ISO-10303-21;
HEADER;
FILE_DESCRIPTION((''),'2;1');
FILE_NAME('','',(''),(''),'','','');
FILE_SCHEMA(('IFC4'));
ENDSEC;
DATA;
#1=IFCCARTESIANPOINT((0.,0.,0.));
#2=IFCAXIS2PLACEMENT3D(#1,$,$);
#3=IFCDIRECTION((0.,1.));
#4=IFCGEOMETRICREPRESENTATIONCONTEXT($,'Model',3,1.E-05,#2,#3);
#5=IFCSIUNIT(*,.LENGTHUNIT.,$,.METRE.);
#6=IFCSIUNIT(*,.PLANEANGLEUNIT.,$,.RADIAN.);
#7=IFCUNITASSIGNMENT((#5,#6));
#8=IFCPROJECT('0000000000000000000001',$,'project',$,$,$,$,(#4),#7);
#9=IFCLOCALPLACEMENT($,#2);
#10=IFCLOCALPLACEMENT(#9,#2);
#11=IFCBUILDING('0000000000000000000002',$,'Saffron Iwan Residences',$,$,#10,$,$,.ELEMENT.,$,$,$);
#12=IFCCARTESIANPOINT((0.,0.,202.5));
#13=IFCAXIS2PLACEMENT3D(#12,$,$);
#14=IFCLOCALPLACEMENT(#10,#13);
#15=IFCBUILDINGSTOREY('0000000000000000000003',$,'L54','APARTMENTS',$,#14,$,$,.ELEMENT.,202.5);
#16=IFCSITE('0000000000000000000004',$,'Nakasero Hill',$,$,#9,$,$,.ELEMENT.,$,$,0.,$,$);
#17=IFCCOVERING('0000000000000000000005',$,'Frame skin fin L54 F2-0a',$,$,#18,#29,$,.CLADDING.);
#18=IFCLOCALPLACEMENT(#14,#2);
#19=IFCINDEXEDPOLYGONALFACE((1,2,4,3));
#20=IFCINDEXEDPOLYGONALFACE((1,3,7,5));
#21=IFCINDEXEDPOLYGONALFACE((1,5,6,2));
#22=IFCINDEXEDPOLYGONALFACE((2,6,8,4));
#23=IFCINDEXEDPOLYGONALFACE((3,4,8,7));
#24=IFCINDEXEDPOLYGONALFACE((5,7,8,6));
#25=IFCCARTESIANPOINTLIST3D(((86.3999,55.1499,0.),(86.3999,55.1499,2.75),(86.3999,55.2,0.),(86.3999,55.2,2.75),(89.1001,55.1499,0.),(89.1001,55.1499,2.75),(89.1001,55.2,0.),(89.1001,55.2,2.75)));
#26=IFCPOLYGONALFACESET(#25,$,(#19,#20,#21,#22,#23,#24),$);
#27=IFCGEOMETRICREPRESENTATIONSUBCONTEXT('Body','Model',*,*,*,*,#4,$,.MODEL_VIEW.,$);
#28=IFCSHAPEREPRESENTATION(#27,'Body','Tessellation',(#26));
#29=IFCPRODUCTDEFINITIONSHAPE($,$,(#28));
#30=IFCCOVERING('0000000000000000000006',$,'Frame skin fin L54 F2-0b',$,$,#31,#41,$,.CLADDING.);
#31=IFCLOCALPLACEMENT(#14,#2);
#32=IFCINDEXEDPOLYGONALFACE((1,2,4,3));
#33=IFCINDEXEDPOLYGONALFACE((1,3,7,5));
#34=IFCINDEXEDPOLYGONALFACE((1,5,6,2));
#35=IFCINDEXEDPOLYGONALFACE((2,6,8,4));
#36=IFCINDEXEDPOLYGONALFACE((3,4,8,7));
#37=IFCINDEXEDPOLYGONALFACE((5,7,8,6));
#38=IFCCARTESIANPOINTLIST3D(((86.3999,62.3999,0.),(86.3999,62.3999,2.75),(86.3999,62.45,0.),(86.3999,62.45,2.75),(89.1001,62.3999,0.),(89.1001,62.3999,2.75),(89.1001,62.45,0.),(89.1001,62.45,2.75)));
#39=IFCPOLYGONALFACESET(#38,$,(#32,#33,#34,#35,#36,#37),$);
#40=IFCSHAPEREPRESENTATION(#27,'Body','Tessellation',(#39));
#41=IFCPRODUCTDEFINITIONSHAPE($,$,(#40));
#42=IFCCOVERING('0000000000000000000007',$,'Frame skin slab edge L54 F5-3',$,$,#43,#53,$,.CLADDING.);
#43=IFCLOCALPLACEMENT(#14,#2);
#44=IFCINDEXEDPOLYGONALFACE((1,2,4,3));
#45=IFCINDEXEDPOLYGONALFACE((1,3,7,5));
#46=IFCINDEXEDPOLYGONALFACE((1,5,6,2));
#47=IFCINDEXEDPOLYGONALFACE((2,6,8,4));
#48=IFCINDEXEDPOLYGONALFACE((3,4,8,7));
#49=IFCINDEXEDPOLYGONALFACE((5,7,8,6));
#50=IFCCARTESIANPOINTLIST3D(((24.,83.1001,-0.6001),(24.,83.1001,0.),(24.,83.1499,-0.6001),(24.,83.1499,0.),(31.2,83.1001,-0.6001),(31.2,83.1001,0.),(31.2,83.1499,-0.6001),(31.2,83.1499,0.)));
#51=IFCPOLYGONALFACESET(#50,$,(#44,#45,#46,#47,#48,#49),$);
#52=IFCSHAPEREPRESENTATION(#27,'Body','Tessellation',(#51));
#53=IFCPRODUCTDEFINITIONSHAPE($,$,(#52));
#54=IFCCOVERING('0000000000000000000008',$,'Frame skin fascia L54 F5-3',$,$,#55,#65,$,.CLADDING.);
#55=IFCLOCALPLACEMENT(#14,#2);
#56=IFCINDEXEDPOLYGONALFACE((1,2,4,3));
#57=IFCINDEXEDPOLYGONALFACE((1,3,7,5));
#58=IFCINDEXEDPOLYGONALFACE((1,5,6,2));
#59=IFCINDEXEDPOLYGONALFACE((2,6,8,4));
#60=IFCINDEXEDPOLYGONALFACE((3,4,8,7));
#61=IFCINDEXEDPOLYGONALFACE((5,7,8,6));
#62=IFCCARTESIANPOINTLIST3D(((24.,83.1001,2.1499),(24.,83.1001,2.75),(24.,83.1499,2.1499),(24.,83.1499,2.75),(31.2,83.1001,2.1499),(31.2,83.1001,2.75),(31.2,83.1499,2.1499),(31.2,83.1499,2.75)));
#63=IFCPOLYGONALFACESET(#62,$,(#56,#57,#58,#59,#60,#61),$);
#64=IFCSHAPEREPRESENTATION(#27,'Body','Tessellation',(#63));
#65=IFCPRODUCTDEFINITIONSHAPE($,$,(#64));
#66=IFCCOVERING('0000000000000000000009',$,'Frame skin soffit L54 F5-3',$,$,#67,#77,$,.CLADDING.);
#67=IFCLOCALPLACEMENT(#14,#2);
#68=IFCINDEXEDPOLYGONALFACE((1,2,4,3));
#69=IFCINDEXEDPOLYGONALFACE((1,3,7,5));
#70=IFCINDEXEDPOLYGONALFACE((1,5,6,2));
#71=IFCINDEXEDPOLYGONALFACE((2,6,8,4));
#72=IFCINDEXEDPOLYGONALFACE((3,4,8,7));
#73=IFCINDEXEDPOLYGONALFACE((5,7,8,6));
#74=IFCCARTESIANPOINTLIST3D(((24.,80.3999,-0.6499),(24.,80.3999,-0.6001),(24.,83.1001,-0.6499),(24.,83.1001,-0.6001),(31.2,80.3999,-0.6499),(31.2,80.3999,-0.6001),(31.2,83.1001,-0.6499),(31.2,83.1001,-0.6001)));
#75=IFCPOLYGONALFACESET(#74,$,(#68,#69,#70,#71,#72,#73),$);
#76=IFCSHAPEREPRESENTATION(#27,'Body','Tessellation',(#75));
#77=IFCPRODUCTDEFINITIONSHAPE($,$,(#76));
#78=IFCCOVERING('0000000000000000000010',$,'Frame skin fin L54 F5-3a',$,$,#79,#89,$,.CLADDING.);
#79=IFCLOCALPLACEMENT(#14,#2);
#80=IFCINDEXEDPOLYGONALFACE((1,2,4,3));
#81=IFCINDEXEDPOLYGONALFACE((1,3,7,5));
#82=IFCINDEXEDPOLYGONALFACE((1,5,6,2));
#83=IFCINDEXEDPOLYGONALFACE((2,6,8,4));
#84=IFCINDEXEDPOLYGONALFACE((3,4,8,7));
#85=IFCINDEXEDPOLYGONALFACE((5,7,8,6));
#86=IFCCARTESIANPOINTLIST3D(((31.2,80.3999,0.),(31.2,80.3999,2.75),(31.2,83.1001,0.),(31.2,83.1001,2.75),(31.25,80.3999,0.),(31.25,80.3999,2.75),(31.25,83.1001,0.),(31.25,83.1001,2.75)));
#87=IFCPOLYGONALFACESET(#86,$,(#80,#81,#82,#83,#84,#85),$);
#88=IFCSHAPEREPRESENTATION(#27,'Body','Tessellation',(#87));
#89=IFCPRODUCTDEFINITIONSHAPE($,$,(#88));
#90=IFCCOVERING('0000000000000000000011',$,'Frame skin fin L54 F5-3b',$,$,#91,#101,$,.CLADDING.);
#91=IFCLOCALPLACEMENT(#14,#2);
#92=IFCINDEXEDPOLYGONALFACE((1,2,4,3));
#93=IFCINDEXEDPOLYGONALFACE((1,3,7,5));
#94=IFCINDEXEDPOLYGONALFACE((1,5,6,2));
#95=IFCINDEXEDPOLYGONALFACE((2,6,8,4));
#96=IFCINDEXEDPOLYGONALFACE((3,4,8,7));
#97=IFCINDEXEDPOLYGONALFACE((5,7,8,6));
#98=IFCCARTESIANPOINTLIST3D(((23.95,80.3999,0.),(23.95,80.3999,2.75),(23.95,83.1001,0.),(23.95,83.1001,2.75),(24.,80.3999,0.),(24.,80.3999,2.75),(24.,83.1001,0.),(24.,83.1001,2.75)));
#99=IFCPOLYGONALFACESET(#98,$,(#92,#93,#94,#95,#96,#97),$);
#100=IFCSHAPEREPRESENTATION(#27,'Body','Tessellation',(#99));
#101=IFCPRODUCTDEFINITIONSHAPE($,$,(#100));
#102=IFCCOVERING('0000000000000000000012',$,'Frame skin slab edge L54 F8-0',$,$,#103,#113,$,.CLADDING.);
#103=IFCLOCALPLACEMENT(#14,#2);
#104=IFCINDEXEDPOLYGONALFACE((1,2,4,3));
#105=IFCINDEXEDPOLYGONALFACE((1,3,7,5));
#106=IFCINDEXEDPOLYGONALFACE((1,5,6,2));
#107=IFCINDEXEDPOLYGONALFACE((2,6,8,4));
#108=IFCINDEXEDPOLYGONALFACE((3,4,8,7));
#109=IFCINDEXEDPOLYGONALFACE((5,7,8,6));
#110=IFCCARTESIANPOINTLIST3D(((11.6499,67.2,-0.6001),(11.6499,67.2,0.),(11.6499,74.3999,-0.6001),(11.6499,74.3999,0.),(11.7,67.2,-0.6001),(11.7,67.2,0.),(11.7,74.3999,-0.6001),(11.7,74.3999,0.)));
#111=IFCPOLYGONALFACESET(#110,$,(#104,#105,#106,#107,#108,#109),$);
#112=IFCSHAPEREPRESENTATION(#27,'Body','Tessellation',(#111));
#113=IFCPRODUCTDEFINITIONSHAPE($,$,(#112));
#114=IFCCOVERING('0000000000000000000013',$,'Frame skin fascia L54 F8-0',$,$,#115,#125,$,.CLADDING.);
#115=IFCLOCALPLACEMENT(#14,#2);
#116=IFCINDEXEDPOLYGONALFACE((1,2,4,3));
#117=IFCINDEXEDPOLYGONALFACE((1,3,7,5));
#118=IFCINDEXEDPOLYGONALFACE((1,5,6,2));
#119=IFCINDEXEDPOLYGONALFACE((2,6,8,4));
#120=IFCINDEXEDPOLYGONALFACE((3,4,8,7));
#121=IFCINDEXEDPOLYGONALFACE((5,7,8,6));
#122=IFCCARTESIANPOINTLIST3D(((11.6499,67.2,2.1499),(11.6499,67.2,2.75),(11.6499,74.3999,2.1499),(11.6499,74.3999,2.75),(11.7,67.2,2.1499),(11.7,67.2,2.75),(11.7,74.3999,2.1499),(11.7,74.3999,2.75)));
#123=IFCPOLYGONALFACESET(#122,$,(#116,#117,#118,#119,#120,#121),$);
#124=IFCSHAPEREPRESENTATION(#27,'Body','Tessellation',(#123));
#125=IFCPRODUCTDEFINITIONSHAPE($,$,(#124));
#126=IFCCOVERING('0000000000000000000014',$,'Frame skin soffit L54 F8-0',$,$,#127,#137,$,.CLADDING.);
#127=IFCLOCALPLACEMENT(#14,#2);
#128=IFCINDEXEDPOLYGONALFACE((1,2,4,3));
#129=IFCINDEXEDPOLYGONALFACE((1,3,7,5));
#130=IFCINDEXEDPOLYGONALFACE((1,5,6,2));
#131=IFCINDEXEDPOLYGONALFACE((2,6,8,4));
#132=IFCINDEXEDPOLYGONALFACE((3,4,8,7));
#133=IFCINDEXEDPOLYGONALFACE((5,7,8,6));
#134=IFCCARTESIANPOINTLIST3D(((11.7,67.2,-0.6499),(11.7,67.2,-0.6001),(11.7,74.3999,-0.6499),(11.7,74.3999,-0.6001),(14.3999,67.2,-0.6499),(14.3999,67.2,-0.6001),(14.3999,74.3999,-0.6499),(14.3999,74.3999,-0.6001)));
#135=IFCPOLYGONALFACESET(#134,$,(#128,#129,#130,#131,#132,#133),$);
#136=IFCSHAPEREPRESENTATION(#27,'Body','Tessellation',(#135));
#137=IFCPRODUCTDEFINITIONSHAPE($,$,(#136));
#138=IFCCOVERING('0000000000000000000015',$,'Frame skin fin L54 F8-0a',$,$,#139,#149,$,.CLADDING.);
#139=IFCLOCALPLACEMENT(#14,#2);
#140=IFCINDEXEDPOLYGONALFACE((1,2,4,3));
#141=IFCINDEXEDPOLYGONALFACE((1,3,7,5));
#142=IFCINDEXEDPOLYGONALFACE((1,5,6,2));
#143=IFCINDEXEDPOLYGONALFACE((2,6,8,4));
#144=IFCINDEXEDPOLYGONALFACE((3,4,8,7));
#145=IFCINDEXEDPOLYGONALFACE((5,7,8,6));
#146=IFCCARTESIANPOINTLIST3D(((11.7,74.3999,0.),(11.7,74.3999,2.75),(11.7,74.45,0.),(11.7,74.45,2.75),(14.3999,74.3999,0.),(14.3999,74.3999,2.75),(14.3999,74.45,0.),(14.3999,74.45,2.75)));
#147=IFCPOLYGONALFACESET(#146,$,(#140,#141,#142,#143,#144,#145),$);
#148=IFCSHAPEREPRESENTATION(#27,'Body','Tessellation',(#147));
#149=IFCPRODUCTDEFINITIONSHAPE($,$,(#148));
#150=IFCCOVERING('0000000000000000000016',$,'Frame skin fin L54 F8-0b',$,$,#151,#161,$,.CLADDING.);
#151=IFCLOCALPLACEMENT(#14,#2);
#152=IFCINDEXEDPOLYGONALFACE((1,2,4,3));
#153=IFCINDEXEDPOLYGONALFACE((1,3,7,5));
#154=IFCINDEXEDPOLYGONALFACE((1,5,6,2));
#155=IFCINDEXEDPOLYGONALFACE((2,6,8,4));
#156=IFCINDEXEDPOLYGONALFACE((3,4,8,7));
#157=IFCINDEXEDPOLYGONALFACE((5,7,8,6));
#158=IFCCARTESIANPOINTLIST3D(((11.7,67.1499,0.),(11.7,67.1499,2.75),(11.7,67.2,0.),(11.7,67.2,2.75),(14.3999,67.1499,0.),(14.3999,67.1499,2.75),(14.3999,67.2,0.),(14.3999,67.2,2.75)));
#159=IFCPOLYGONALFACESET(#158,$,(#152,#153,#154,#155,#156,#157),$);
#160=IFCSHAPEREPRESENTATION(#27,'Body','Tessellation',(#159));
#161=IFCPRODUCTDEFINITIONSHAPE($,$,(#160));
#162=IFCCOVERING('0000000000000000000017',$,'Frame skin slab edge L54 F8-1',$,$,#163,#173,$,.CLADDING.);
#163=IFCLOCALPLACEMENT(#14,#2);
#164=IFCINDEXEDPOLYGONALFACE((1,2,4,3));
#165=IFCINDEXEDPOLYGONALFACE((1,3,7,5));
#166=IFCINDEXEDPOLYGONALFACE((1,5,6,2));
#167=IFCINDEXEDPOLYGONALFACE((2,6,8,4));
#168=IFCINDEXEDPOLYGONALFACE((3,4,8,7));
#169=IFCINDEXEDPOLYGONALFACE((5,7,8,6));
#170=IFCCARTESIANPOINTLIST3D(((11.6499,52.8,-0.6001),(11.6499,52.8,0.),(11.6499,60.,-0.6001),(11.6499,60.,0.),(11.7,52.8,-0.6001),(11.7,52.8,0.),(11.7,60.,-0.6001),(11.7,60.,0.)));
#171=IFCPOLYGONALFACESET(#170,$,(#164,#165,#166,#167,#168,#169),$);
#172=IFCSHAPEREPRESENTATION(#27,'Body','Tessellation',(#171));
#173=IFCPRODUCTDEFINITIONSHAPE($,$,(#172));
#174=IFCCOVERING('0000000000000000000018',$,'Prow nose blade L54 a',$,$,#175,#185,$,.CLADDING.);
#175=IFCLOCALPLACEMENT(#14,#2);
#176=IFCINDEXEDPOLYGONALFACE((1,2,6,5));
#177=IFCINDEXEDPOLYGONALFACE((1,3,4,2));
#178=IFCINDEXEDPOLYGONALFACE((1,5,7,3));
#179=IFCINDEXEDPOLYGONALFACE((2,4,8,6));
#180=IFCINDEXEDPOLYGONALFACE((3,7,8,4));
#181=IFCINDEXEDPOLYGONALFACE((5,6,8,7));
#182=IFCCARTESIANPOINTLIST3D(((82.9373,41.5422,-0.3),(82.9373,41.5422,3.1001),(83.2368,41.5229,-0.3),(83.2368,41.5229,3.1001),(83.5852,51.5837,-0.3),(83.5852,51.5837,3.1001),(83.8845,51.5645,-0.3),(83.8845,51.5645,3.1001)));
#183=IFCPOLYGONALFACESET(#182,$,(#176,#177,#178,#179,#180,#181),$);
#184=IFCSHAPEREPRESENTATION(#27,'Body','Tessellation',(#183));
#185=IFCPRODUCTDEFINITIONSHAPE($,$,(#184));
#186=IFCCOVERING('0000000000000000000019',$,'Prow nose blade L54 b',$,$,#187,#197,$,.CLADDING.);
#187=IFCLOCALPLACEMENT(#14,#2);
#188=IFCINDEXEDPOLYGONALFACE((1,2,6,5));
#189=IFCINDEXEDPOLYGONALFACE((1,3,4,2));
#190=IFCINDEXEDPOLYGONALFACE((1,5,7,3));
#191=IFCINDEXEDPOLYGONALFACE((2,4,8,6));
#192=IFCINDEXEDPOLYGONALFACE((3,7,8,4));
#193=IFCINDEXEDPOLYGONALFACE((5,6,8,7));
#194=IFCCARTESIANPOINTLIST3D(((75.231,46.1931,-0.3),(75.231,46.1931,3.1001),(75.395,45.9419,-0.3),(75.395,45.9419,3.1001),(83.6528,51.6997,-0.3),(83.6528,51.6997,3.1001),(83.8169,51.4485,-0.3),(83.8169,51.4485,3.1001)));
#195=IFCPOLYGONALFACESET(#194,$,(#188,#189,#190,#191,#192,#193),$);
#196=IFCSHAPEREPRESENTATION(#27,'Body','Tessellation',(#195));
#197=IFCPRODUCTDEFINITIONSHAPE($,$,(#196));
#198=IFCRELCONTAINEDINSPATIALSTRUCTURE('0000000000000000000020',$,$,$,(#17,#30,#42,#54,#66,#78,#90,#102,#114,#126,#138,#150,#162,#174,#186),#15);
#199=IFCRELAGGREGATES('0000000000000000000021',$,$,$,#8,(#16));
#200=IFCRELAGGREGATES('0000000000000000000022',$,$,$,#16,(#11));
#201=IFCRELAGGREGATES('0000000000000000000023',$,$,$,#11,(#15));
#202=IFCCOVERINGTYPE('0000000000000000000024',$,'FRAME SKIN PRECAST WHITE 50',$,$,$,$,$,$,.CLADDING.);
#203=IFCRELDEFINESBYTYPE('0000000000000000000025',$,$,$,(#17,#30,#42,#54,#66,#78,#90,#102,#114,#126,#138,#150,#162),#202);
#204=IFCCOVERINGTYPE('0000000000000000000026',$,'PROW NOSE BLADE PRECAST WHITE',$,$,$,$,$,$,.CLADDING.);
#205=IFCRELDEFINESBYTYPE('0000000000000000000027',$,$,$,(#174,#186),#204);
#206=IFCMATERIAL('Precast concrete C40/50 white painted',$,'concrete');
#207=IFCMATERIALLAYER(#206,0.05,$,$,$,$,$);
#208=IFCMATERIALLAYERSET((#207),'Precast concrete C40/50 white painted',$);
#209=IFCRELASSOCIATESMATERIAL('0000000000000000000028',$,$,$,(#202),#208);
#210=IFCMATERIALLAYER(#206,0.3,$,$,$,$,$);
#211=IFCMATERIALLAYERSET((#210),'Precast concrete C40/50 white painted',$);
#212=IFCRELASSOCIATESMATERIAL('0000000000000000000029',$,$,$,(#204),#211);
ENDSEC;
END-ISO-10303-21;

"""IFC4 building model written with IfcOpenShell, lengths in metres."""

from ifc_helpers import new_model, si_unit, direction, frame, origin, place, context, subcontext, project, spatial, polyline, outline, extrude, material, layer, layer_set, type_object, element, save


model = new_model("IFC4")

# Units and contexts
model_context = context("Model", 3, precision=1e-05, world=origin(), true_north=direction((0.0, 1.0)))
body_context = subcontext(model_context, "Body", "Model", "MODEL_VIEW")
ifc_project = project(units=[si_unit("LENGTHUNIT", "METRE"), si_unit("PLANEANGLEUNIT", "RADIAN")], contexts=[model_context])

# Site, building, storey
site_placement = place(None, origin())
site = spatial("IfcSite", under=ifc_project, at=site_placement, Name="Nakasero Hill", CompositionType="ELEMENT", RefElevation=0.0)
building_placement = place(site_placement, origin())
building = spatial("IfcBuilding", under=site, at=building_placement, Name="Saffron Iwan Residences", CompositionType="ELEMENT")
storey_placement = place(building_placement, frame((0.0, 0.0, 202.5)))
storey = spatial("IfcBuildingStorey", under=building, at=storey_placement, Name="L54", Description="APARTMENTS", CompositionType="ELEMENT", Elevation=202.5)

# Coverings
ifc_material_1 = material(Name="Precast concrete C40/50 white painted", Category="concrete")
ifc_layer_1 = layer(ifc_material_1, 0.05)
ifc_layer_set_1 = layer_set([ifc_layer_1], Name="Precast concrete C40/50 white painted")
covering_type_1 = type_object("IfcCoveringType", Name="FRAME SKIN PRECAST WHITE 50", PredefinedType="CLADDING", material=ifc_layer_set_1)
covering_1_placement = place(storey_placement, origin())
element("IfcCovering", 1, at=covering_1_placement, inside=storey, type_object=covering_type_1, Name="Frame skin fin L54 F2-0a", PredefinedType="CLADDING", context=body_context, shape_type="SweptSolid", body=[
    extrude(outline(polyline([(89.1001, 55.1499), (89.1001, 55.2), (86.3999, 55.2), (86.3999, 55.1499), (89.1001, 55.1499)])), origin(), (0.0, 0.0, 1.0), 2.75),
])
covering_2_placement = place(storey_placement, origin())
element("IfcCovering", 2, at=covering_2_placement, inside=storey, type_object=covering_type_1, Name="Frame skin fin L54 F2-0b", PredefinedType="CLADDING", context=body_context, shape_type="SweptSolid", body=[
    extrude(outline(polyline([(89.1001, 62.3999), (89.1001, 62.45), (86.3999, 62.45), (86.3999, 62.3999), (89.1001, 62.3999)])), origin(), (0.0, 0.0, 1.0), 2.75),
])
for number, where, name in (
    (3, (0.0, 0.0, -0.6001), "Frame skin slab edge L54 F5-3"),
    (4, (0.0, 0.0, 2.1499), "Frame skin fascia L54 F5-3"),
):
    element("IfcCovering", number, at=place(storey_placement, frame(where)), inside=storey, type_object=covering_type_1, Name=name, PredefinedType="CLADDING", context=body_context, shape_type="SweptSolid", body=[
        extrude(outline(polyline([(31.2, 83.1499), (24.0, 83.1499), (24.0, 83.1001), (31.2, 83.1001), (31.2, 83.1499)])), origin(), (0.0, 0.0, 1.0), 0.6001),
    ])
covering_3_placement = place(storey_placement, frame((0.0, 0.0, -0.6499)))
element("IfcCovering", 5, at=covering_3_placement, inside=storey, type_object=covering_type_1, Name="Frame skin soffit L54 F5-3", PredefinedType="CLADDING", context=body_context, shape_type="SweptSolid", body=[
    extrude(outline(polyline([(31.2, 83.1001), (24.0, 83.1001), (24.0, 80.3999), (31.2, 80.3999), (31.2, 83.1001)])), origin(), (0.0, 0.0, 1.0), 0.0498),
])
covering_4_placement = place(storey_placement, origin())
element("IfcCovering", 6, at=covering_4_placement, inside=storey, type_object=covering_type_1, Name="Frame skin fin L54 F5-3a", PredefinedType="CLADDING", context=body_context, shape_type="SweptSolid", body=[
    extrude(outline(polyline([(31.25, 83.1001), (31.2, 83.1001), (31.2, 80.3999), (31.25, 80.3999), (31.25, 83.1001)])), origin(), (0.0, 0.0, 1.0), 2.75),
])
covering_5_placement = place(storey_placement, origin())
element("IfcCovering", 7, at=covering_5_placement, inside=storey, type_object=covering_type_1, Name="Frame skin fin L54 F5-3b", PredefinedType="CLADDING", context=body_context, shape_type="SweptSolid", body=[
    extrude(outline(polyline([(24.0, 83.1001), (23.95, 83.1001), (23.95, 80.3999), (24.0, 80.3999), (24.0, 83.1001)])), origin(), (0.0, 0.0, 1.0), 2.75),
])
for number, where, name in (
    (8, (0.0, 0.0, -0.6001), "Frame skin slab edge L54 F8-0"),
    (9, (0.0, 0.0, 2.1499), "Frame skin fascia L54 F8-0"),
):
    element("IfcCovering", number, at=place(storey_placement, frame(where)), inside=storey, type_object=covering_type_1, Name=name, PredefinedType="CLADDING", context=body_context, shape_type="SweptSolid", body=[
        extrude(outline(polyline([(11.6499, 74.3999), (11.6499, 67.2), (11.7, 67.2), (11.7, 74.3999), (11.6499, 74.3999)])), origin(), (0.0, 0.0, 1.0), 0.6001),
    ])
covering_6_placement = place(storey_placement, frame((0.0, 0.0, -0.6499)))
element("IfcCovering", 10, at=covering_6_placement, inside=storey, type_object=covering_type_1, Name="Frame skin soffit L54 F8-0", PredefinedType="CLADDING", context=body_context, shape_type="SweptSolid", body=[
    extrude(outline(polyline([(11.7, 74.3999), (11.7, 67.2), (14.3999, 67.2), (14.3999, 74.3999), (11.7, 74.3999)])), origin(), (0.0, 0.0, 1.0), 0.0498),
])
covering_7_placement = place(storey_placement, origin())
element("IfcCovering", 11, at=covering_7_placement, inside=storey, type_object=covering_type_1, Name="Frame skin fin L54 F8-0a", PredefinedType="CLADDING", context=body_context, shape_type="SweptSolid", body=[
    extrude(outline(polyline([(11.7, 74.45), (11.7, 74.3999), (14.3999, 74.3999), (14.3999, 74.45), (11.7, 74.45)])), origin(), (0.0, 0.0, 1.0), 2.75),
])
covering_8_placement = place(storey_placement, origin())
element("IfcCovering", 12, at=covering_8_placement, inside=storey, type_object=covering_type_1, Name="Frame skin fin L54 F8-0b", PredefinedType="CLADDING", context=body_context, shape_type="SweptSolid", body=[
    extrude(outline(polyline([(11.7, 67.2), (11.7, 67.1499), (14.3999, 67.1499), (14.3999, 67.2), (11.7, 67.2)])), origin(), (0.0, 0.0, 1.0), 2.75),
])
covering_9_placement = place(storey_placement, frame((0.0, 0.0, -0.6001)))
element("IfcCovering", 13, at=covering_9_placement, inside=storey, type_object=covering_type_1, Name="Frame skin slab edge L54 F8-1", PredefinedType="CLADDING", context=body_context, shape_type="SweptSolid", body=[
    extrude(outline(polyline([(11.6499, 60.0), (11.6499, 52.8), (11.7, 52.8), (11.7, 60.0), (11.6499, 60.0)])), origin(), (0.0, 0.0, 1.0), 0.6001),
])
ifc_layer_2 = layer(ifc_material_1, 0.3)
ifc_layer_set_2 = layer_set([ifc_layer_2], Name="Precast concrete C40/50 white painted")
covering_type_2 = type_object("IfcCoveringType", Name="PROW NOSE BLADE PRECAST WHITE", PredefinedType="CLADDING", material=ifc_layer_set_2)
covering_10_placement = place(storey_placement, frame((0.0, 0.0, -0.3)))
element("IfcCovering", 14, at=covering_10_placement, inside=storey, type_object=covering_type_2, Name="Prow nose blade L54 a", PredefinedType="CLADDING", context=body_context, shape_type="SweptSolid", body=[
    extrude(outline(polyline([(83.2368, 41.5229), (83.8845, 51.5645), (83.5852, 51.5837), (82.9373, 41.5422), (83.2368, 41.5229)])), origin(), (0.0, 0.0, 1.0), 3.4001),
])
covering_11_placement = place(storey_placement, frame((0.0, 0.0, -0.3)))
element("IfcCovering", 15, at=covering_11_placement, inside=storey, type_object=covering_type_2, Name="Prow nose blade L54 b", PredefinedType="CLADDING", context=body_context, shape_type="SweptSolid", body=[
    extrude(outline(polyline([(75.395, 45.9419), (83.8169, 51.4485), (83.6528, 51.6997), (75.231, 46.1931), (75.395, 45.9419)])), origin(), (0.0, 0.0, 1.0), 3.4001),
])

save(model, "model.ifc")
